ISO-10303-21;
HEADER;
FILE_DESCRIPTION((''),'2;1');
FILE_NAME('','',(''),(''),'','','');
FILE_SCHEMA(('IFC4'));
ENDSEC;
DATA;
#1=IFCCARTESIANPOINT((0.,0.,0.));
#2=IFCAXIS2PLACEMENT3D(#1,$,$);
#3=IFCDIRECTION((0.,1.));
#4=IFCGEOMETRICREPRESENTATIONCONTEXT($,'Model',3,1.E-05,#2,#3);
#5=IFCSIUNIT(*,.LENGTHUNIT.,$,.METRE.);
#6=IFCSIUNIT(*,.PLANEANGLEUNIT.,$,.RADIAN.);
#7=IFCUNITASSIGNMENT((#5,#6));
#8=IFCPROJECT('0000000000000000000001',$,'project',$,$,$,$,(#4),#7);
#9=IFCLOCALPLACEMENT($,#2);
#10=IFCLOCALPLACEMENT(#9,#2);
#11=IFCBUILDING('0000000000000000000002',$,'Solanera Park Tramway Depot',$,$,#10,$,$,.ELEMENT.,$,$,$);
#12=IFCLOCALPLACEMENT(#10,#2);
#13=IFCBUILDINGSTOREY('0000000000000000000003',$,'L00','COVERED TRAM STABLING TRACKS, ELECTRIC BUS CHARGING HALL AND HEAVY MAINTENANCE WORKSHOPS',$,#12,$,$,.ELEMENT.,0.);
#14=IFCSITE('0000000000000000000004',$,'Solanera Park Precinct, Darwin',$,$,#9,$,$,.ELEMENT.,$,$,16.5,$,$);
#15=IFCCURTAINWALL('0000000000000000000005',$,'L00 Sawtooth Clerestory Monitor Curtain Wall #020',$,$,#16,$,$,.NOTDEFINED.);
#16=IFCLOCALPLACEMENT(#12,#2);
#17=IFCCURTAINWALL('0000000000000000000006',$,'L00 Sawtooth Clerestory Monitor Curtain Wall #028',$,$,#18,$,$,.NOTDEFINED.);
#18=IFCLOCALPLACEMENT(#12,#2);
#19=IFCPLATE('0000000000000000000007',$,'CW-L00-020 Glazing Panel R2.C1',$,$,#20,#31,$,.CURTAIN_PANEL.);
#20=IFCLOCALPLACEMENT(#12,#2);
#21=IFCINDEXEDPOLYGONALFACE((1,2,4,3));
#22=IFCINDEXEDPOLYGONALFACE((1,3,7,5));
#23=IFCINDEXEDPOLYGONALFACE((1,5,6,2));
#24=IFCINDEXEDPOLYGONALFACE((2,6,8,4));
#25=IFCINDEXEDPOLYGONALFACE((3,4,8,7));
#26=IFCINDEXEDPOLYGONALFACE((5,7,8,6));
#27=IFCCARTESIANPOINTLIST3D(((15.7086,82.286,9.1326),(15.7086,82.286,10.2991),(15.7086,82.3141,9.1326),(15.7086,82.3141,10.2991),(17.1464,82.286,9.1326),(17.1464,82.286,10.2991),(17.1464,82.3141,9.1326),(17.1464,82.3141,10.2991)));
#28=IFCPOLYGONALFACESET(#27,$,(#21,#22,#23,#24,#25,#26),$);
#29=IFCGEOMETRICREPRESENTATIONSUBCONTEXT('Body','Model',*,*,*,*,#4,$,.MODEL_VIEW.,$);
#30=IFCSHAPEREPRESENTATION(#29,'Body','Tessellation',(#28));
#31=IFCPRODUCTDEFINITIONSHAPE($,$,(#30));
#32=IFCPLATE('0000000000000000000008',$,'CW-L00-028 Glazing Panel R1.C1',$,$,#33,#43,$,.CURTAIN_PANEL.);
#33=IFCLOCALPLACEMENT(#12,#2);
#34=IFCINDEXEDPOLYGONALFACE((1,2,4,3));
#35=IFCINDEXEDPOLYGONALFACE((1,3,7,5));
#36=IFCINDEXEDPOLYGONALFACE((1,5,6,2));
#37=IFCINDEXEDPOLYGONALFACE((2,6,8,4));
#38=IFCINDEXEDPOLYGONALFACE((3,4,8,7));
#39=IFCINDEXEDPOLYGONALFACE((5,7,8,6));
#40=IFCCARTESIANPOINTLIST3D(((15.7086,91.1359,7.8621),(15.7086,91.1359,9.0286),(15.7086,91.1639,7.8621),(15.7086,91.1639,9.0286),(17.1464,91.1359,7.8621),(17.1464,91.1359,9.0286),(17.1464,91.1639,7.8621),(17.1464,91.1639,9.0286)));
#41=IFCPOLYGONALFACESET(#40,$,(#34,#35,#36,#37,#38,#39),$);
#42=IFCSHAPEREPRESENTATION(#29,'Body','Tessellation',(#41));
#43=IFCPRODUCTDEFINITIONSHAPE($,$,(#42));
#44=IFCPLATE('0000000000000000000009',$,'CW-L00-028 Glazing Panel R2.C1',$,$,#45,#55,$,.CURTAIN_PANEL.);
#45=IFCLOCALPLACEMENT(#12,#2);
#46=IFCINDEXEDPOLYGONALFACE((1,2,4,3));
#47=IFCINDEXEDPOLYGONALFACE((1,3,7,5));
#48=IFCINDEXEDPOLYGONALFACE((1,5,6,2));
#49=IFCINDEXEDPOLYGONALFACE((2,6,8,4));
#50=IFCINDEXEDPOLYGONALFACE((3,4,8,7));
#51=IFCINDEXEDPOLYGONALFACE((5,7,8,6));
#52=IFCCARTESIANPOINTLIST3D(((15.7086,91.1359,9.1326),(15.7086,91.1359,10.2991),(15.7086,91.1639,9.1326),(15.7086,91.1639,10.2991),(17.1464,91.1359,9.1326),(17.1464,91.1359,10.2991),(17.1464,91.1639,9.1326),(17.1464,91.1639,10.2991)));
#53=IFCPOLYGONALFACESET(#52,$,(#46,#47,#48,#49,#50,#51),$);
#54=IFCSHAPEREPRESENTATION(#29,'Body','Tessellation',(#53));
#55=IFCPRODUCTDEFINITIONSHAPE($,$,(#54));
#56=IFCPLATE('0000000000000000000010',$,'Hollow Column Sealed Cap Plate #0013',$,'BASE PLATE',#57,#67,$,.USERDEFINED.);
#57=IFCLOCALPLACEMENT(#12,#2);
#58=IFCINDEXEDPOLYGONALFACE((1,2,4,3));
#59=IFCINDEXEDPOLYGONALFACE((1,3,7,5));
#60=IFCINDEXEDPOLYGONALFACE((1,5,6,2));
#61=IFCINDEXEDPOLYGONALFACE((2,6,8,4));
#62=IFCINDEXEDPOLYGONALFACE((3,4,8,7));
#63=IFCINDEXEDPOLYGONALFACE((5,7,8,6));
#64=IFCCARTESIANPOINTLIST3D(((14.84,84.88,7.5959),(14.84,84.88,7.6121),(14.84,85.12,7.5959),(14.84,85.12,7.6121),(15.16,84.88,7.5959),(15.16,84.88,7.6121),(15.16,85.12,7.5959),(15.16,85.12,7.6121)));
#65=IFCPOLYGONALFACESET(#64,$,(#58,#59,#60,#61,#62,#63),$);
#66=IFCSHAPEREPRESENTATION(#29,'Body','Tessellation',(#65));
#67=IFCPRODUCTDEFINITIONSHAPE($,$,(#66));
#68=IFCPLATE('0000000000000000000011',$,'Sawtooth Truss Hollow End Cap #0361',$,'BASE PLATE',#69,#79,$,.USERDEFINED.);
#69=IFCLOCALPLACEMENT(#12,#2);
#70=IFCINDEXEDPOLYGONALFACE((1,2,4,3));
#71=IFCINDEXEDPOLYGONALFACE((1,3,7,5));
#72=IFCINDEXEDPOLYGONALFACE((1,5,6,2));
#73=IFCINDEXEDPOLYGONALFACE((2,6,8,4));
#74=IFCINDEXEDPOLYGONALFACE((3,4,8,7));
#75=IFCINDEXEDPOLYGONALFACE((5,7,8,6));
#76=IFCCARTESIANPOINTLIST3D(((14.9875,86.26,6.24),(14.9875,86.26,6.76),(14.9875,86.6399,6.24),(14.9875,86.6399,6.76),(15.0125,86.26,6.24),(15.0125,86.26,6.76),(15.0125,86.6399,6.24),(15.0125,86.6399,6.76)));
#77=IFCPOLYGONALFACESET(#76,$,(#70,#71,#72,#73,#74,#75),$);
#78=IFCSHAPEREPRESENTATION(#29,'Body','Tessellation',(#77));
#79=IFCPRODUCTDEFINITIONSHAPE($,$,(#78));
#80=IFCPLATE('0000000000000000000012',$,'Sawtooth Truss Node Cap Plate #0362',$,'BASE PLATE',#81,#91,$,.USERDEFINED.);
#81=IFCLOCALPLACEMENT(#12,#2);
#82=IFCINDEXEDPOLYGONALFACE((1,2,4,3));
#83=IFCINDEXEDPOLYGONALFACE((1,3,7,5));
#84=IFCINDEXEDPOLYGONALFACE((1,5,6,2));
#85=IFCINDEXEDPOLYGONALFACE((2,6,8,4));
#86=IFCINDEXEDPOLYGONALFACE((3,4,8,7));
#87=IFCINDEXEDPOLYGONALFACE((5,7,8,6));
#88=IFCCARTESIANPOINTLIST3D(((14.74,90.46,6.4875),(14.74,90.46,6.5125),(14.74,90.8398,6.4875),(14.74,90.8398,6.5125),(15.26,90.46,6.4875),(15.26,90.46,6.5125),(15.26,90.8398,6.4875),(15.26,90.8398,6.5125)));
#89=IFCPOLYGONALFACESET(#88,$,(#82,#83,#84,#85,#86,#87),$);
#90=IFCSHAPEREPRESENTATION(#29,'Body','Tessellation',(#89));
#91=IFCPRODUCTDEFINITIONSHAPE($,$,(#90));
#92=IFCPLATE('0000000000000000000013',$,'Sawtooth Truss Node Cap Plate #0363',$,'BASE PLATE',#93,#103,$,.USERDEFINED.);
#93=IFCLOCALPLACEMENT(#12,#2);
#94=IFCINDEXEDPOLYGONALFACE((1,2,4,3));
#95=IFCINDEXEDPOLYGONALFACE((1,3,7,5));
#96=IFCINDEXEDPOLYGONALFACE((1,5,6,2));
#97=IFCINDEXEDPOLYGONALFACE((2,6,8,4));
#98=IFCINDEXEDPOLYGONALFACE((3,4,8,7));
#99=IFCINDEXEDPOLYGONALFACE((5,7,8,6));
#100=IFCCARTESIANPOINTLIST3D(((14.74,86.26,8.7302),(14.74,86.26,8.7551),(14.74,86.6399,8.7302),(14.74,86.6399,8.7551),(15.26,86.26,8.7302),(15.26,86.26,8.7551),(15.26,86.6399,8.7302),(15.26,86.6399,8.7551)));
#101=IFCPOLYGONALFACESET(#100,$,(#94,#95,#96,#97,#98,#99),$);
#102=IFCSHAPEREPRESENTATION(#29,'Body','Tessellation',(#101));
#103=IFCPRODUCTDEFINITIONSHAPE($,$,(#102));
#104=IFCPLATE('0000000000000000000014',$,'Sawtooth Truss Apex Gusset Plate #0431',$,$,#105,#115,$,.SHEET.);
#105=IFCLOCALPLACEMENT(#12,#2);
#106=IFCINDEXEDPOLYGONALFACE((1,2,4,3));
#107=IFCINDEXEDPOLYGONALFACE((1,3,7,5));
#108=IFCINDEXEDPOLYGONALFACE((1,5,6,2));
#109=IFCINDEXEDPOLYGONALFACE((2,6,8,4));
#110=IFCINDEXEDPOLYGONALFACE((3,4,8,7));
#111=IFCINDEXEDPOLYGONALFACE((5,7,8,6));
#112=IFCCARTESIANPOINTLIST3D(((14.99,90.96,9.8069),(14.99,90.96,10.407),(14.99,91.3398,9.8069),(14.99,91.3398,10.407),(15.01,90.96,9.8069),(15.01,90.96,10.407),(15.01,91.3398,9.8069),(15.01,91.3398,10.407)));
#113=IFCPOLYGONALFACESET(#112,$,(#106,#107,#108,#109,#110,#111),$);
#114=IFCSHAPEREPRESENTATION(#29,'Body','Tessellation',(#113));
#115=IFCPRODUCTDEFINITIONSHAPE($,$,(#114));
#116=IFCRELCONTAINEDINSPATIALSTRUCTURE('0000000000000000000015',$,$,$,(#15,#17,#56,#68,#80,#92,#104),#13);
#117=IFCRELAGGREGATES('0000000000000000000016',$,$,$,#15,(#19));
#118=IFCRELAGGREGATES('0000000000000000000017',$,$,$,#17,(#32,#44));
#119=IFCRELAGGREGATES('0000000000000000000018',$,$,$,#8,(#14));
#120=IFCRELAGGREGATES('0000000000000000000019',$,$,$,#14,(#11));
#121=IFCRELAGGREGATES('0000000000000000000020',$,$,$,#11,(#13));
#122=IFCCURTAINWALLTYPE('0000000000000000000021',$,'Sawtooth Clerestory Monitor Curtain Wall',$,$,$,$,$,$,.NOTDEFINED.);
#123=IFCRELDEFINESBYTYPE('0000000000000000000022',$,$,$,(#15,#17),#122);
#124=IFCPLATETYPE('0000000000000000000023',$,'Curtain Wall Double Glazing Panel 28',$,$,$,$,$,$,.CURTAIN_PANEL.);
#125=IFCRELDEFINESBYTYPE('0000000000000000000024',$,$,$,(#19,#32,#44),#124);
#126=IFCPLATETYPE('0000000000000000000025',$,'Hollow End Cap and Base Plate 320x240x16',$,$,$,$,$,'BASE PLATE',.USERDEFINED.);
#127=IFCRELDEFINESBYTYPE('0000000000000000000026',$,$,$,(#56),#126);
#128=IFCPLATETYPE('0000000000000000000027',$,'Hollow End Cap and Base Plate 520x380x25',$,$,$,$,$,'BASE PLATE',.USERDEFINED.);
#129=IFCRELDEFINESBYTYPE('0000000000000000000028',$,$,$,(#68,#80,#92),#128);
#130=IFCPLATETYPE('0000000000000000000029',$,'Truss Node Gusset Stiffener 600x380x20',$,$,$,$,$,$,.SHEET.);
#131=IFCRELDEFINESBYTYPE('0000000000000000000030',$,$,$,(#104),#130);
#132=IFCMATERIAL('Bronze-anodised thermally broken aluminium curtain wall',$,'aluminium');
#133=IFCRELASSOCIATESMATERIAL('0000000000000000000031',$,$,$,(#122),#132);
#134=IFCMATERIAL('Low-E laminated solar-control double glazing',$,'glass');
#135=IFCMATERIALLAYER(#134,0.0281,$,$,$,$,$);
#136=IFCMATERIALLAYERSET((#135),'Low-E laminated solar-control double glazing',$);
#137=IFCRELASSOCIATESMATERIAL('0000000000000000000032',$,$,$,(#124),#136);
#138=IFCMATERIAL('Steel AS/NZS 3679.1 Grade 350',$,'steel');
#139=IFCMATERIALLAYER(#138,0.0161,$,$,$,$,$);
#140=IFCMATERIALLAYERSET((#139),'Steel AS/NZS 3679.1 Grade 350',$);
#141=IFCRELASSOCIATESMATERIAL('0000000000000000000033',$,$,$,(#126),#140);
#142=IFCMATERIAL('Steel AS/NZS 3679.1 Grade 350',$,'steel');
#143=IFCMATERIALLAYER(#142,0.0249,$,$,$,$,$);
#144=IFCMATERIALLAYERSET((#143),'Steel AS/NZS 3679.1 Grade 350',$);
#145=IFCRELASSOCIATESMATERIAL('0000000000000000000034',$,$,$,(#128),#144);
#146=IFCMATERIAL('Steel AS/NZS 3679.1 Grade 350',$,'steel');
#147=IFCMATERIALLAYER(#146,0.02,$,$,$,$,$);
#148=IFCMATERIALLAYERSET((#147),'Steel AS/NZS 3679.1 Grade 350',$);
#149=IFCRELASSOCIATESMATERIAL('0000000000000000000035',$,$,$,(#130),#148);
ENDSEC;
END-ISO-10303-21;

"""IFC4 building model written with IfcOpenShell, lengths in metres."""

from ifc_helpers import new_model, si_unit, direction, frame, origin, origin_2d, place, context, subcontext, project, spatial, rectangle, extrude, material, layer, layer_set, type_object, element, aggregate, save


model = new_model("IFC4")

# Units and contexts
model_context = context("Model", 3, precision=1e-05, world=origin(), true_north=direction((0.0, 1.0)))
body_context = subcontext(model_context, "Body", "Model", "MODEL_VIEW")
ifc_project = project(units=[si_unit("LENGTHUNIT", "METRE"), si_unit("PLANEANGLEUNIT", "RADIAN")], contexts=[model_context])

# Site, building, storey
site_placement = place(None, origin())
site = spatial("IfcSite", under=ifc_project, at=site_placement, Name="Solanera Park Precinct, Darwin", CompositionType="ELEMENT", RefElevation=16.5)
building_placement = place(site_placement, origin())
building = spatial("IfcBuilding", under=site, at=building_placement, Name="Solanera Park Tramway Depot", CompositionType="ELEMENT")
storey_placement = place(building_placement, origin())
storey = spatial("IfcBuildingStorey", under=building, at=storey_placement, Name="L00", Description="COVERED TRAM STABLING TRACKS, ELECTRIC BUS CHARGING HALL AND HEAVY MAINTENANCE WORKSHOPS", CompositionType="ELEMENT", Elevation=0.0)

# Curtain wall
ifc_material_1 = material(Name="Bronze-anodised thermally broken aluminium curtain wall", Category="aluminium")
curtain_wall_type = type_object("IfcCurtainWallType", Name="Sawtooth Clerestory Monitor Curtain Wall", PredefinedType="NOTDEFINED", material=ifc_material_1)
curtain_wall_1_placement = place(storey_placement, origin())
curtain_wall_1 = element("IfcCurtainWall", 1, at=curtain_wall_1_placement, inside=storey, type_object=curtain_wall_type, Name="L00 Sawtooth Clerestory Monitor Curtain Wall #020", PredefinedType="NOTDEFINED")

# Curtain wall
curtain_wall_2_placement = place(storey_placement, origin())
curtain_wall_2 = element("IfcCurtainWall", 2, at=curtain_wall_2_placement, inside=storey, type_object=curtain_wall_type, Name="L00 Sawtooth Clerestory Monitor Curtain Wall #028", PredefinedType="NOTDEFINED")

# Plates
ifc_material_2 = material(Name="Low-E laminated solar-control double glazing", Category="glass")
ifc_layer_1 = layer(ifc_material_2, 0.0281)
ifc_layer_set_1 = layer_set([ifc_layer_1], Name="Low-E laminated solar-control double glazing")
plate_type_1 = type_object("IfcPlateType", Name="Curtain Wall Double Glazing Panel 28", PredefinedType="CURTAIN_PANEL", material=ifc_layer_set_1)
plate_1_placement = place(storey_placement, frame((16.4275, 82.3, 9.1326), z_axis=(0.0, 0.0, 1.0), x_axis=(1.0, 0.0, 0.0)))
plate_1 = element("IfcPlate", 3, at=plate_1_placement, type_object=plate_type_1, Name="CW-L00-020 Glazing Panel R2.C1", PredefinedType="CURTAIN_PANEL", context=body_context, shape_type="SweptSolid", body=[
    extrude(rectangle(XDim=1.4377, YDim=0.0281, at=origin_2d()), origin(), (0.0, 0.0, 1.0), 1.1665),
])
aggregate(curtain_wall_1, [plate_1])
plate_2_placement = place(storey_placement, frame((16.4275, 91.1499, 7.8621), z_axis=(0.0, 0.0, 1.0), x_axis=(1.0, 0.0, 0.0)))
plate_2 = element("IfcPlate", 4, at=plate_2_placement, type_object=plate_type_1, Name="CW-L00-028 Glazing Panel R1.C1", PredefinedType="CURTAIN_PANEL", context=body_context, shape_type="SweptSolid", body=[
    extrude(rectangle(XDim=1.4377, YDim=0.0281, at=origin_2d()), origin(), (0.0, 0.0, 1.0), 1.1665),
])
plate_3_placement = place(storey_placement, frame((16.4275, 91.1499, 9.1326), z_axis=(0.0, 0.0, 1.0), x_axis=(1.0, 0.0, 0.0)))
plate_3 = element("IfcPlate", 5, at=plate_3_placement, type_object=plate_type_1, Name="CW-L00-028 Glazing Panel R2.C1", PredefinedType="CURTAIN_PANEL", context=body_context, shape_type="SweptSolid", body=[
    extrude(rectangle(XDim=1.4377, YDim=0.0281, at=origin_2d()), origin(), (0.0, 0.0, 1.0), 1.1665),
])
aggregate(curtain_wall_2, [plate_2, plate_3])

# Plates
ifc_material_3 = material(Name="Steel AS/NZS 3679.1 Grade 350", Category="steel")
ifc_layer_2 = layer(ifc_material_3, 0.0161)
ifc_layer_set_2 = layer_set([ifc_layer_2], Name="Steel AS/NZS 3679.1 Grade 350")
plate_type_2 = type_object("IfcPlateType", Name="Hollow End Cap and Base Plate 320x240x16", ElementType="BASE PLATE", PredefinedType="USERDEFINED", material=ifc_layer_set_2)
plate_4_placement = place(storey_placement, frame((15.0, 85.0, 7.5959), z_axis=(0.0, 0.0, 1.0), x_axis=(1.0, 0.0, 0.0)))
element("IfcPlate", 6, at=plate_4_placement, inside=storey, type_object=plate_type_2, Name="Hollow Column Sealed Cap Plate #0013", ObjectType="BASE PLATE", PredefinedType="USERDEFINED", context=body_context, shape_type="SweptSolid", body=[
    extrude(rectangle(XDim=0.3201, YDim=0.24, at=origin_2d()), origin(), (0.0, 0.0, 1.0), 0.0161),
])
ifc_material_4 = material(Name="Steel AS/NZS 3679.1 Grade 350", Category="steel")
ifc_layer_3 = layer(ifc_material_4, 0.0249)
ifc_layer_set_3 = layer_set([ifc_layer_3], Name="Steel AS/NZS 3679.1 Grade 350")
plate_type_3 = type_object("IfcPlateType", Name="Hollow End Cap and Base Plate 520x380x25", ElementType="BASE PLATE", PredefinedType="USERDEFINED", material=ifc_layer_set_3)
plate_5_placement = place(storey_placement, frame((15.0, 86.45, 6.24), z_axis=(0.0, 0.0, 1.0), x_axis=(1.0, 0.0, 0.0)))
element("IfcPlate", 7, at=plate_5_placement, inside=storey, type_object=plate_type_3, Name="Sawtooth Truss Hollow End Cap #0361", ObjectType="BASE PLATE", PredefinedType="USERDEFINED", context=body_context, shape_type="SweptSolid", body=[
    extrude(rectangle(XDim=0.0249, YDim=0.3799, at=origin_2d()), origin(), (0.0, 0.0, 1.0), 0.52),
])
for number, where, z_axis, x_axis, name in (
    (8, (15.0, 90.6499, 6.4875), (0.0, 0.0, 1.0), (1.0, 0.0, 0.0), "Sawtooth Truss Node Cap Plate #0362"),
    (9, (15.0, 86.45, 8.7302), (0.0, 0.0, 1.0), (1.0, 0.0, 0.0), "Sawtooth Truss Node Cap Plate #0363"),
):
    element("IfcPlate", number, at=place(storey_placement, frame(where, z_axis=z_axis, x_axis=x_axis)), inside=storey, type_object=plate_type_3, Name=name, ObjectType="BASE PLATE", PredefinedType="USERDEFINED", context=body_context, shape_type="SweptSolid", body=[
        extrude(rectangle(XDim=0.52, YDim=0.3799, at=origin_2d()), origin(), (0.0, 0.0, 1.0), 0.0249),
    ])
ifc_material_5 = material(Name="Steel AS/NZS 3679.1 Grade 350", Category="steel")
ifc_layer_4 = layer(ifc_material_5, 0.02)
ifc_layer_set_4 = layer_set([ifc_layer_4], Name="Steel AS/NZS 3679.1 Grade 350")
plate_type_4 = type_object("IfcPlateType", Name="Truss Node Gusset Stiffener 600x380x20", PredefinedType="SHEET", material=ifc_layer_set_4)
plate_6_placement = place(storey_placement, frame((15.0, 91.1499, 9.8069), z_axis=(0.0, 0.0, 1.0), x_axis=(1.0, 0.0, 0.0)))
element("IfcPlate", 10, at=plate_6_placement, inside=storey, type_object=plate_type_4, Name="Sawtooth Truss Apex Gusset Plate #0431", PredefinedType="SHEET", context=body_context, shape_type="SweptSolid", body=[
    extrude(rectangle(XDim=0.02, YDim=0.3799, at=origin_2d()), origin(), (0.0, 0.0, 1.0), 0.6001),
])

save(model, "model.ifc")
